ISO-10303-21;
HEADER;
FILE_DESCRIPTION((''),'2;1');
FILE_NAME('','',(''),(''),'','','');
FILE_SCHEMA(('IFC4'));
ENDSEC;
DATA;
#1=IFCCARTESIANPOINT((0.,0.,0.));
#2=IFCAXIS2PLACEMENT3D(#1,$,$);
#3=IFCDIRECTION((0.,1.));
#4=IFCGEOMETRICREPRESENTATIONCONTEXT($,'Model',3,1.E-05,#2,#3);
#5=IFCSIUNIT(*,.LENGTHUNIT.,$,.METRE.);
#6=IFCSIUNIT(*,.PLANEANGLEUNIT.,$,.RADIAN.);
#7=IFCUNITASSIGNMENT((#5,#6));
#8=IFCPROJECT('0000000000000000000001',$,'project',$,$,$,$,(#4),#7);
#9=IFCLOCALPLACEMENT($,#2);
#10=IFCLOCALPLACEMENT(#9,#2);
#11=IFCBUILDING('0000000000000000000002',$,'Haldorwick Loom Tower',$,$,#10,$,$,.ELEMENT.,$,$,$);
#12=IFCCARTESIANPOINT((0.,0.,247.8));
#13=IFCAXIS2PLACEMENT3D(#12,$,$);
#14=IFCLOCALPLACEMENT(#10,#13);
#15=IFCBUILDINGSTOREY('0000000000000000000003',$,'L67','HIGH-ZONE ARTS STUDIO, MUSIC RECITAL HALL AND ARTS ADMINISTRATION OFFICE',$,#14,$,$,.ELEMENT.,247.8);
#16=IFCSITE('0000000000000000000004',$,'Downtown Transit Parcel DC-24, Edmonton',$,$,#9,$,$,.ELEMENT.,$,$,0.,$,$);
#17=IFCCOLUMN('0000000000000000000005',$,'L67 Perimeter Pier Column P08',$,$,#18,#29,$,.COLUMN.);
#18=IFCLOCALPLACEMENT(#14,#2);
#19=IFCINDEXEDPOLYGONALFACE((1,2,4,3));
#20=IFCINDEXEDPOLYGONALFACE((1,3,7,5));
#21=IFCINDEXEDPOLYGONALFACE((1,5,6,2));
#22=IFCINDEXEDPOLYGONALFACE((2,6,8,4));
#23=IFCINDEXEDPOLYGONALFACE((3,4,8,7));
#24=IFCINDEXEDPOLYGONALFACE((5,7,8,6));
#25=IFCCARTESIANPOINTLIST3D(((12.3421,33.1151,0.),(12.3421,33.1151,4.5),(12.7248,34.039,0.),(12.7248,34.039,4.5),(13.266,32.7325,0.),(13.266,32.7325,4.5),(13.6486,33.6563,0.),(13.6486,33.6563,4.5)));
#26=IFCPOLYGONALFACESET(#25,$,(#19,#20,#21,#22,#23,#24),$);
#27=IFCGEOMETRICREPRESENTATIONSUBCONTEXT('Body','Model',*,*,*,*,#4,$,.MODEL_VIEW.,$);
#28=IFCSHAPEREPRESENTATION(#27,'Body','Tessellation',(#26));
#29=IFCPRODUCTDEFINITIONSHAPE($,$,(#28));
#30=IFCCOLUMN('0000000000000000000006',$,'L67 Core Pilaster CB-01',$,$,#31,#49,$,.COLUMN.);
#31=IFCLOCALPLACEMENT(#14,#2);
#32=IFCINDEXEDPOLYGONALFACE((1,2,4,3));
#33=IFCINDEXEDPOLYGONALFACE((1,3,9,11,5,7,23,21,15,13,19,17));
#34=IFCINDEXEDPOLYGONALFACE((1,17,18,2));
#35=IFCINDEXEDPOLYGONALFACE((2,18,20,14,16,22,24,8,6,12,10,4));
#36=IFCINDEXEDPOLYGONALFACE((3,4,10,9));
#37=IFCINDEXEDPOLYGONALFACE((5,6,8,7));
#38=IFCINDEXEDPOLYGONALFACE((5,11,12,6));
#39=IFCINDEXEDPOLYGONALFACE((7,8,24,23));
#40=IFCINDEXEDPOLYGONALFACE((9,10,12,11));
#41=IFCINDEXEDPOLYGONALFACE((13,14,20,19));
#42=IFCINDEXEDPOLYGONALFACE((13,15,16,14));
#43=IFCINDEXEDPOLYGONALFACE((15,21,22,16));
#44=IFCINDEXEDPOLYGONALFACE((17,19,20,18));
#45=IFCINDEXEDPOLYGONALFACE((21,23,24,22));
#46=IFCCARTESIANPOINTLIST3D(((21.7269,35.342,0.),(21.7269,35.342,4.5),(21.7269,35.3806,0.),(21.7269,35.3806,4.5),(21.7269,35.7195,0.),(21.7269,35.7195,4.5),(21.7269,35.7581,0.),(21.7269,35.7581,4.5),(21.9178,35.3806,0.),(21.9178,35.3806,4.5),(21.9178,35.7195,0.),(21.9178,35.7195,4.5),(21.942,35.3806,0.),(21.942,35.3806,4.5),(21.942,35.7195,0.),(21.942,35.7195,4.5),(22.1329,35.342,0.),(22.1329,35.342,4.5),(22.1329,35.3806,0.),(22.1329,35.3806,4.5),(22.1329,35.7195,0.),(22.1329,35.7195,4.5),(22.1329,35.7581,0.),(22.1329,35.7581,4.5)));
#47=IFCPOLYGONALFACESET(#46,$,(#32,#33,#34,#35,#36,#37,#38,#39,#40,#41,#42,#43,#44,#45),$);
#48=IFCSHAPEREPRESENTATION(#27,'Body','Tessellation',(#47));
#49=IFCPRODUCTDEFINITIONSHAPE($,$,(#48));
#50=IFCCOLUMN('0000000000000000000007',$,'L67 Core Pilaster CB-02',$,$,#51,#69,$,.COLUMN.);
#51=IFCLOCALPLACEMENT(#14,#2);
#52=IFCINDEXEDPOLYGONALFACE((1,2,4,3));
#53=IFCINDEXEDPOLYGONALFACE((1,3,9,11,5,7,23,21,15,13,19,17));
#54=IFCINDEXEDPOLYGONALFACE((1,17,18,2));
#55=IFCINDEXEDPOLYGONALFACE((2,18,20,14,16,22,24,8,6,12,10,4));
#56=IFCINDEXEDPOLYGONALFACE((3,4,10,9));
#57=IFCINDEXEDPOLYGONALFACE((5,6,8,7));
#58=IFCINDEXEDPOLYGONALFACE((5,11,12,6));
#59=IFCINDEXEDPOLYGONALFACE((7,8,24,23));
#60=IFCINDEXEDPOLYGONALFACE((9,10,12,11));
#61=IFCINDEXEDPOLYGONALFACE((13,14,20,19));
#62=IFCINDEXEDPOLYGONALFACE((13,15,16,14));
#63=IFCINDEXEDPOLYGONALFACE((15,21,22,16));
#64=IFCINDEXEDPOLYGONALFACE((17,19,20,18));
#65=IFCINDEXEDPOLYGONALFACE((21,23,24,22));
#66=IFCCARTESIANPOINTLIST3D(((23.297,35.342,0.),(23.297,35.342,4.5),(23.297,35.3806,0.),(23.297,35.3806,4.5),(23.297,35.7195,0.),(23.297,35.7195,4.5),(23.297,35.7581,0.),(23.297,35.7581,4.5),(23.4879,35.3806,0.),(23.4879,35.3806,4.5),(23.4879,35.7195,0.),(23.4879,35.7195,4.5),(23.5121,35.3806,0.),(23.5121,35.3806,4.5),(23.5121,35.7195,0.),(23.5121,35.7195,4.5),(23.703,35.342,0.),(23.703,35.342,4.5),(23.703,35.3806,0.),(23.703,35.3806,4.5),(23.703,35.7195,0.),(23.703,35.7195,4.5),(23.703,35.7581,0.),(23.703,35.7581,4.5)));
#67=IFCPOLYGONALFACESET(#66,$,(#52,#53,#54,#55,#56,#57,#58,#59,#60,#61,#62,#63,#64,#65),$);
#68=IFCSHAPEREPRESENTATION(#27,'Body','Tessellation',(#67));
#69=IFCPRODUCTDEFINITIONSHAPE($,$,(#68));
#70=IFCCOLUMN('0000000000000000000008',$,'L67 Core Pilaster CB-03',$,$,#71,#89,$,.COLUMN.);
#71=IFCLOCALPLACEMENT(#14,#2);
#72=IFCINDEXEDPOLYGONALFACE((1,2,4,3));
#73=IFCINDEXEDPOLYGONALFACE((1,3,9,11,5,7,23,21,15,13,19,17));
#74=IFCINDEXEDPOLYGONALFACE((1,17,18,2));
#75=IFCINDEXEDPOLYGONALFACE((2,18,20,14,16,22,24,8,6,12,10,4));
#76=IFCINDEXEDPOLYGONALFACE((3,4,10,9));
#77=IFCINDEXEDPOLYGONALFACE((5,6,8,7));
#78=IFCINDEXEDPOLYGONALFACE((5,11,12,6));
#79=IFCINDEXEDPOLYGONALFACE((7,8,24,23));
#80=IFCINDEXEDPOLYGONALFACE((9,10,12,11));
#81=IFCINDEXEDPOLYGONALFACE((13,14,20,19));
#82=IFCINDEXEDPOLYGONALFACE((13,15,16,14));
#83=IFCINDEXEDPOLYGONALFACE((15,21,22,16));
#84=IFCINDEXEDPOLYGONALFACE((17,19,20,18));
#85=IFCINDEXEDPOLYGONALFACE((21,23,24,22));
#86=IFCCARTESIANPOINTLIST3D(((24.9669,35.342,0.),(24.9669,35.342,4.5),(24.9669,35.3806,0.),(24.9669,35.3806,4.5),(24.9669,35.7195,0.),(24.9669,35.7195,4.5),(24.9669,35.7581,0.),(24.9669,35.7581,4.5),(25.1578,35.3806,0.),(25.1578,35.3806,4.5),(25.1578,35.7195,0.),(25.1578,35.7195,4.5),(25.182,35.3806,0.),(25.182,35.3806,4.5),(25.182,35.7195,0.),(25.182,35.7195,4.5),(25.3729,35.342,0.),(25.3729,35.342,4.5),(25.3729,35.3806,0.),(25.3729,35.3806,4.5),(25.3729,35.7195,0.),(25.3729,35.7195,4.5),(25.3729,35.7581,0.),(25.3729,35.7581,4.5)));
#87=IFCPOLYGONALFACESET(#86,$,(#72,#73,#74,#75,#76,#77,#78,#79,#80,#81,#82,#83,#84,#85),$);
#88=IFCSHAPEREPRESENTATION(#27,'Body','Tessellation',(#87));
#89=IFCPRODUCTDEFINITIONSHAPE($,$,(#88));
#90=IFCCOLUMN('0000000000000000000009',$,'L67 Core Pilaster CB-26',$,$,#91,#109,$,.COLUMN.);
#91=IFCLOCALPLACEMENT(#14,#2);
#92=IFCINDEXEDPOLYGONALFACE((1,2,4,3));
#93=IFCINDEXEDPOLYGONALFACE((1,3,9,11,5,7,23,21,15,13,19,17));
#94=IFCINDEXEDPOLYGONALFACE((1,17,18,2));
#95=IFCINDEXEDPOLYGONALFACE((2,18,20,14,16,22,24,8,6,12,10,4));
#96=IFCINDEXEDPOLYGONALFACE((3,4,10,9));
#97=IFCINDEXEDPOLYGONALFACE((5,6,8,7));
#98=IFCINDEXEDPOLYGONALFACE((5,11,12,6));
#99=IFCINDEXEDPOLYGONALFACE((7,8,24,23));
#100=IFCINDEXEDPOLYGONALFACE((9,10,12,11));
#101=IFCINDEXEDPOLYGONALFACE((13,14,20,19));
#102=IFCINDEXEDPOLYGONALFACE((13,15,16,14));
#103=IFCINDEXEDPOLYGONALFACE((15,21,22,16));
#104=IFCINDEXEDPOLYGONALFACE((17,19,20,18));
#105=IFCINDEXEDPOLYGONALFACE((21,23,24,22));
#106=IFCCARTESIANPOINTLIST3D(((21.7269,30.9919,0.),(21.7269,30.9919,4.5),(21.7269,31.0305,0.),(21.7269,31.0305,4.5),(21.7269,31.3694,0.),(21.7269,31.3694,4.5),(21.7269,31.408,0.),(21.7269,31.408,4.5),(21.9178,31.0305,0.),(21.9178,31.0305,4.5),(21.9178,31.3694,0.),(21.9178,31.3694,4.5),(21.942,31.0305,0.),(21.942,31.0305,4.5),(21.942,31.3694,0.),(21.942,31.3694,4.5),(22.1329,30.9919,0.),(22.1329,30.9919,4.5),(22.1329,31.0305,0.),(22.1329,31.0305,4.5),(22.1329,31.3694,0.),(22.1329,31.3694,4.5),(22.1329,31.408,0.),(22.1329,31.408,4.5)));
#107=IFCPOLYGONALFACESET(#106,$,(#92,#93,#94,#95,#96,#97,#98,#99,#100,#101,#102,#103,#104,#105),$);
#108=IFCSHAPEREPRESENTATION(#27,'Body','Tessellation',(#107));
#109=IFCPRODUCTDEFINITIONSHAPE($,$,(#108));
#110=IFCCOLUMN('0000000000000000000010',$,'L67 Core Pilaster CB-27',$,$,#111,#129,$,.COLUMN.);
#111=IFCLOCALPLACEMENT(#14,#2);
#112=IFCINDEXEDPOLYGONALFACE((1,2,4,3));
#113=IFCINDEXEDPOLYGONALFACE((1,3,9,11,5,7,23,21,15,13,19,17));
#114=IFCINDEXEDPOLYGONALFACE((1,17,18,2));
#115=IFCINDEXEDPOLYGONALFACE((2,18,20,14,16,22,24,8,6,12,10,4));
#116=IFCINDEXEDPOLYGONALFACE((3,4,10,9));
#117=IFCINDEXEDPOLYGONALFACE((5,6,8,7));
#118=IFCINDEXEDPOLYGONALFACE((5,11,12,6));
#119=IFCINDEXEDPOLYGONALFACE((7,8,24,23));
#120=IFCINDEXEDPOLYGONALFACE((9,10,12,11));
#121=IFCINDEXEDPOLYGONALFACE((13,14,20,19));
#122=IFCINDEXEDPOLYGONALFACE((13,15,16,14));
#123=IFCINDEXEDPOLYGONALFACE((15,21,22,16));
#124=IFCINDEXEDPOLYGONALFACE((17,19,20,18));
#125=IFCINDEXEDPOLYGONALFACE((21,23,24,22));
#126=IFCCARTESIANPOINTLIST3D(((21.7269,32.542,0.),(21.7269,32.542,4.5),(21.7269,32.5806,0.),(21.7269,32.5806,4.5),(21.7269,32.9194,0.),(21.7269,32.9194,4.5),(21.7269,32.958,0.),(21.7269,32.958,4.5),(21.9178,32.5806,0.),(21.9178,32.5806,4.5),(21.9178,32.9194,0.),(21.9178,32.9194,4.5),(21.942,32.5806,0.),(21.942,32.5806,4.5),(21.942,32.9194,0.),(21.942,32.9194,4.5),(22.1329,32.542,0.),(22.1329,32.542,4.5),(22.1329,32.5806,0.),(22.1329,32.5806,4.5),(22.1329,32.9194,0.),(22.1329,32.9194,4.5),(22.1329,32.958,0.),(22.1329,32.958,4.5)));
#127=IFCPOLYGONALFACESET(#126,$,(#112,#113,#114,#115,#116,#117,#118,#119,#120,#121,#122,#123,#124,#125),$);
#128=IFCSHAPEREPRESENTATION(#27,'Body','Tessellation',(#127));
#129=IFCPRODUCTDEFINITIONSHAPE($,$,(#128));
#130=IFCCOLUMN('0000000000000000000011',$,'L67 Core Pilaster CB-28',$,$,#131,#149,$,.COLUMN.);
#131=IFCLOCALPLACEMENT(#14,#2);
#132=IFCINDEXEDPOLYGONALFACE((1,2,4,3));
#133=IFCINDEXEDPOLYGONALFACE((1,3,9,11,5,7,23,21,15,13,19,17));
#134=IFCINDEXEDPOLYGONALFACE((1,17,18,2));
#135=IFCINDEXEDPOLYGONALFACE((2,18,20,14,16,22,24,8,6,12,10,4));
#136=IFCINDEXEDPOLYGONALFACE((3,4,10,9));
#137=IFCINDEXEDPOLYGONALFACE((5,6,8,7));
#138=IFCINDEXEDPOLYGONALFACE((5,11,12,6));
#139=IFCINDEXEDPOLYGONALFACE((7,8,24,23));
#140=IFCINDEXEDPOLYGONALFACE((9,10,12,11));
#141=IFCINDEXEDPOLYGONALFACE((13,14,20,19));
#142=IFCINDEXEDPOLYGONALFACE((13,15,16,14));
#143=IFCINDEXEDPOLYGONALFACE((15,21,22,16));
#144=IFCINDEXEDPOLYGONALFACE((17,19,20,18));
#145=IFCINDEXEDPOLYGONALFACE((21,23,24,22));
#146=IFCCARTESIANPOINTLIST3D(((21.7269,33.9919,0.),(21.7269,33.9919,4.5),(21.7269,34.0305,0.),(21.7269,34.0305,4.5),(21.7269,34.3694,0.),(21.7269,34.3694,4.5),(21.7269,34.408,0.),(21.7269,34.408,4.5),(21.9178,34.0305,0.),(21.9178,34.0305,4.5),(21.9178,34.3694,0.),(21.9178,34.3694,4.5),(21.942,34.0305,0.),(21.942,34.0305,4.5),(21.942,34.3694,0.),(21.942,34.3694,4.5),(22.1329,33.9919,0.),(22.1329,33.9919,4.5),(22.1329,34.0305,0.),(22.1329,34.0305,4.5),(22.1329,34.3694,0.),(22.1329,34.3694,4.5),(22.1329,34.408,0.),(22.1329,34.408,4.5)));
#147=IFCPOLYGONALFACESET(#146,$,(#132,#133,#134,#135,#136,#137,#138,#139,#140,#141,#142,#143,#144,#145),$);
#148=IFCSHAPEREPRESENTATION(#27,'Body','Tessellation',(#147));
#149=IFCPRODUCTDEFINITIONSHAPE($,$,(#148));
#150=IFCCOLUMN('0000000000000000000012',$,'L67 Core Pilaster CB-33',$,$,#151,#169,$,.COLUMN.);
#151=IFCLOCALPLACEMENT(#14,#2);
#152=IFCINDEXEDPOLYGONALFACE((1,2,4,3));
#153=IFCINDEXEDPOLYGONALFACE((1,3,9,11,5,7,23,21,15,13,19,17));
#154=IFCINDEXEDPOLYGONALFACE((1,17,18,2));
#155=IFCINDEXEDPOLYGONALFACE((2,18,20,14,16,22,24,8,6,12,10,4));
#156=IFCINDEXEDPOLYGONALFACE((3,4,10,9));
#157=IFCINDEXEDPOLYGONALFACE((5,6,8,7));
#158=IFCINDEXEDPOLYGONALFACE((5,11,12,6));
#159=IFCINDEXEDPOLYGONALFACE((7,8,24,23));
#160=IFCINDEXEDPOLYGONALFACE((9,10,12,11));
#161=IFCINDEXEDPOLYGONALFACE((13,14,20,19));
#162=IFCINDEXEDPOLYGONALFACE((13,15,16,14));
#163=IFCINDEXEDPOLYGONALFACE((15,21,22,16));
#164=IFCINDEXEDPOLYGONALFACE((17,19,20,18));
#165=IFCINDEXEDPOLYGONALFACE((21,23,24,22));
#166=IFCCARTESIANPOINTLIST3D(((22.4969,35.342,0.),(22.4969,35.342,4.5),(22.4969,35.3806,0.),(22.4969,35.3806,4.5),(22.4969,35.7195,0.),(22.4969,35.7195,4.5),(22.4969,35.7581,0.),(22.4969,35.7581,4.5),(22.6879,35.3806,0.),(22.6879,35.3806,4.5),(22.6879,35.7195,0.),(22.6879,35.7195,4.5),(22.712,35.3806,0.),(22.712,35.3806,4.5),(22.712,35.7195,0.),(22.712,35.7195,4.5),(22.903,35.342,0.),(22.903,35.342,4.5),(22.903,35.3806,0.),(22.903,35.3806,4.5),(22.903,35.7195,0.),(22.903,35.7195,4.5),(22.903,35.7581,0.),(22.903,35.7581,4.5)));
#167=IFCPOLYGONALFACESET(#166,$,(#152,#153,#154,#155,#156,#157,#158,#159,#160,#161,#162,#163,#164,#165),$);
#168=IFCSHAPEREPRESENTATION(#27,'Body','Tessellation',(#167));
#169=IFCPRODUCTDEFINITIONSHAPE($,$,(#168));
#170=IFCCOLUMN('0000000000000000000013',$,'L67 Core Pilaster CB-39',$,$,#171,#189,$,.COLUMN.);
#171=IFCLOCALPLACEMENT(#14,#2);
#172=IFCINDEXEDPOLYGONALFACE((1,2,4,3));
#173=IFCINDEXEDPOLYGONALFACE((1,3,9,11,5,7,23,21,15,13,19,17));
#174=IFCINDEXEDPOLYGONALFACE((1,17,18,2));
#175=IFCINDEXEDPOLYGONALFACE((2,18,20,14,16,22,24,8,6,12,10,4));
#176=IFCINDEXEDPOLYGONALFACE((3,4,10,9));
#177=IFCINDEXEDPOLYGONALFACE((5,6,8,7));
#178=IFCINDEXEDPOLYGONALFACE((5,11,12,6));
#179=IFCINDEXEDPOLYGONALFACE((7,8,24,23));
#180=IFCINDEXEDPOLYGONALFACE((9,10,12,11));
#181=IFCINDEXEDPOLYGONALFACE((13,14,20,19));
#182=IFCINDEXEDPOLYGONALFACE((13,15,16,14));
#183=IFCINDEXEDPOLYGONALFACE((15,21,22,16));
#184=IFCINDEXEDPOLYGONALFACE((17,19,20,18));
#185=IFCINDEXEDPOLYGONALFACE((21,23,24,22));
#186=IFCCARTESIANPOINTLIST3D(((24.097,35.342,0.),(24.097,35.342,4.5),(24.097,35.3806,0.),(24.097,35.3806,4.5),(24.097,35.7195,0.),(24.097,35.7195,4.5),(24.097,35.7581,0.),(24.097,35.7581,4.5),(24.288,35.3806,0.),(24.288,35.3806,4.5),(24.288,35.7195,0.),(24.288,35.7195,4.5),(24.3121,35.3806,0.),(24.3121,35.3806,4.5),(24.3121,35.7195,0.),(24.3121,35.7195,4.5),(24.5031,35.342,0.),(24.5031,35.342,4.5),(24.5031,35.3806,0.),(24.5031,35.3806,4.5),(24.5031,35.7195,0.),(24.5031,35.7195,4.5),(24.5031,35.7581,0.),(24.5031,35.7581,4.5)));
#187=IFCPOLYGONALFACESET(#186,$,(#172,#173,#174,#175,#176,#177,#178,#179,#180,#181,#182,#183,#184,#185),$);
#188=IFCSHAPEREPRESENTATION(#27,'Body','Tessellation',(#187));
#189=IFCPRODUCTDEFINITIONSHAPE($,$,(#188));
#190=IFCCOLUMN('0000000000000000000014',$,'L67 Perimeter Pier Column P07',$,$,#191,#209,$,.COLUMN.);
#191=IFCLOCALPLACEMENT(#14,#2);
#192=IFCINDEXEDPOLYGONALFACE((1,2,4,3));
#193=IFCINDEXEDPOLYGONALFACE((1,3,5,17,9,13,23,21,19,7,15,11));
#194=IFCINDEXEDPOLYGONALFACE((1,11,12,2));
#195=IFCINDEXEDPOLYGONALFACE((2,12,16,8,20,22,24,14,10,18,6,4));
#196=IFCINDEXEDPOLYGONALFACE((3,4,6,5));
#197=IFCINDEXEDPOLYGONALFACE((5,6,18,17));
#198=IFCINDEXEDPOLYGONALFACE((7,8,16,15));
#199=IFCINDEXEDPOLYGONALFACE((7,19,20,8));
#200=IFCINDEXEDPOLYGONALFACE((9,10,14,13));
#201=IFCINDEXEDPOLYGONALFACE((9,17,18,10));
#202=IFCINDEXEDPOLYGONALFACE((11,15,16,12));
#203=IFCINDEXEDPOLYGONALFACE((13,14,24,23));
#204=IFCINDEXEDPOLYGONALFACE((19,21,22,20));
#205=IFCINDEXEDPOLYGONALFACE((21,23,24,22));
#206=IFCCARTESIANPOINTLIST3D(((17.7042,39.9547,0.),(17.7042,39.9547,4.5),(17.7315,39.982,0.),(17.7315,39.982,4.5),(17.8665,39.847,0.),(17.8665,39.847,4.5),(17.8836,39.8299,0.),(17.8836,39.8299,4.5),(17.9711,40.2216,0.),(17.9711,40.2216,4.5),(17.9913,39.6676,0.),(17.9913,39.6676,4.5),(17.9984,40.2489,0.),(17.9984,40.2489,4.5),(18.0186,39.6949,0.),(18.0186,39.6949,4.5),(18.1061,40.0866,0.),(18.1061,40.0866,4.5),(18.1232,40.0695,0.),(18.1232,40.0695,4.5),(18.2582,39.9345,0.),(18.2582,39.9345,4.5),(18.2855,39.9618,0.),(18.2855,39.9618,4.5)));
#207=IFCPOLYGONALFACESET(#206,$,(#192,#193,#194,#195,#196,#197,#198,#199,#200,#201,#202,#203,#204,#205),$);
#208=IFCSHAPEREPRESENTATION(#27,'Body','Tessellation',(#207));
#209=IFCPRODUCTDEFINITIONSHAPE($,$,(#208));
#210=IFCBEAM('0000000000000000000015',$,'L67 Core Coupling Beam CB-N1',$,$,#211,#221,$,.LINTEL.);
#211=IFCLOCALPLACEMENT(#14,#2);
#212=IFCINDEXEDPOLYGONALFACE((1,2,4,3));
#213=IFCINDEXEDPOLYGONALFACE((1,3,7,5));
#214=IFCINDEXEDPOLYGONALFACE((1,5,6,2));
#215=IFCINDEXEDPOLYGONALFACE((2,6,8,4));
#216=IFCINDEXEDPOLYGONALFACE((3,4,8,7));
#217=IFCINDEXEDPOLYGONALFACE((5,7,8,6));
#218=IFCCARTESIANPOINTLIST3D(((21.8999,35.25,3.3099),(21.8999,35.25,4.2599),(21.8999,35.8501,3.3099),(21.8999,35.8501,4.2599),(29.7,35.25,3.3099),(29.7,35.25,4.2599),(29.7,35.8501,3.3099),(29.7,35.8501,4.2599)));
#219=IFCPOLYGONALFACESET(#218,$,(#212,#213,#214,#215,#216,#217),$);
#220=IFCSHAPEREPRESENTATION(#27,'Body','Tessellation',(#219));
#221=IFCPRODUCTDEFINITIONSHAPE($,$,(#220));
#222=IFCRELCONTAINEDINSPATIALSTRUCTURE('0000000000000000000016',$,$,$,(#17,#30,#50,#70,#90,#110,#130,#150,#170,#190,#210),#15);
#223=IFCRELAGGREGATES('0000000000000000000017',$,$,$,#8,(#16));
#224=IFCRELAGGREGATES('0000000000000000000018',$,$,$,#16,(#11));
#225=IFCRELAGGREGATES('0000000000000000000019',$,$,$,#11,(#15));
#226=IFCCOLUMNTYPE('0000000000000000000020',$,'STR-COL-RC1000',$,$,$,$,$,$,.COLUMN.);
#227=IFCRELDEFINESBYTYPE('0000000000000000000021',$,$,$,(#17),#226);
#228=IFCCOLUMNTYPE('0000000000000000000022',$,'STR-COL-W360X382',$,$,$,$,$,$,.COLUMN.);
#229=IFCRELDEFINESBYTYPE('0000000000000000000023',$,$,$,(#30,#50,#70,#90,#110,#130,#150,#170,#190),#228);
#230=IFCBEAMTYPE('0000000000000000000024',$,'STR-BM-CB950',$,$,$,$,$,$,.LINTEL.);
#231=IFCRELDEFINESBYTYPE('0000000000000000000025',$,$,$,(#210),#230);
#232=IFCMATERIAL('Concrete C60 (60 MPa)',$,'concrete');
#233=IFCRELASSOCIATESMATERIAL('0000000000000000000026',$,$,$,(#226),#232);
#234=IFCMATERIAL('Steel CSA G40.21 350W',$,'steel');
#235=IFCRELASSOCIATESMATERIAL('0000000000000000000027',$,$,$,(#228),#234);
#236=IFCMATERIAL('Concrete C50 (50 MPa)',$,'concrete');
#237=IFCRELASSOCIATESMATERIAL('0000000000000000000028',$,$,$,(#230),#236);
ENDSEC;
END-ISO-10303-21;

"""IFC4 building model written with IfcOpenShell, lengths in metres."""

from ifc_helpers import new_model, si_unit, direction, frame, origin, origin_2d, place, context, subcontext, project, spatial, rectangle, i_section, extrude, material, material_profile, profile_set, type_object, element, save


model = new_model("IFC4")

# Units and contexts
model_context = context("Model", 3, precision=1e-05, world=origin(), true_north=direction((0.0, 1.0)))
body_context = subcontext(model_context, "Body", "Model", "MODEL_VIEW")
ifc_project = project(units=[si_unit("LENGTHUNIT", "METRE"), si_unit("PLANEANGLEUNIT", "RADIAN")], contexts=[model_context])

# Site, building, storey
site_placement = place(None, origin())
site = spatial("IfcSite", under=ifc_project, at=site_placement, Name="Downtown Transit Parcel DC-24, Edmonton", CompositionType="ELEMENT", RefElevation=0.0)
building_placement = place(site_placement, origin())
building = spatial("IfcBuilding", under=site, at=building_placement, Name="Haldorwick Loom Tower", CompositionType="ELEMENT")
storey_placement = place(building_placement, frame((0.0, 0.0, 247.8)))
storey = spatial("IfcBuildingStorey", under=building, at=storey_placement, Name="L67", Description="HIGH-ZONE ARTS STUDIO, MUSIC RECITAL HALL AND ARTS ADMINISTRATION OFFICE", CompositionType="ELEMENT", Elevation=247.8)

# Columns
ifc_material_1 = material(Name="Concrete C60 (60 MPa)", Category="concrete")
ifc_material_profile_1 = material_profile(ifc_material_1, rectangle(XDim=1.0, YDim=1.0, at=origin_2d()), Name="RC1000X1000", Category="concrete")
ifc_profile_set_1 = profile_set([ifc_material_profile_1], Name="Concrete C60 (60 MPa)")
column_type_1 = type_object("IfcColumnType", Name="STR-COL-RC1000", PredefinedType="COLUMN", material=ifc_profile_set_1)
column_placement = place(storey_placement, frame((12.9954, 33.3857, 0.0), z_axis=(0.0, 0.0, 1.0), x_axis=(-0.92388, 0.382683, 0.0)))
element("IfcColumn", 1, at=column_placement, inside=storey, type_object=column_type_1, Name="L67 Perimeter Pier Column P08", PredefinedType="COLUMN", context=body_context, shape_type="SweptSolid", body=[
    extrude(rectangle(XDim=1.0, YDim=1.0, at=origin_2d()), origin(), (0.0, 0.0, 1.0), 4.5),
])
ifc_material_2 = material(Name="Steel CSA G40.21 350W", Category="steel")
ifc_material_profile_2 = material_profile(ifc_material_2, i_section(OverallWidth=0.406, OverallDepth=0.416, WebThickness=0.0242, FlangeThickness=0.0386, at=origin_2d()), Name="W360X382", Category="steel")
ifc_profile_set_2 = profile_set([ifc_material_profile_2], Name="Steel CSA G40.21 350W")
column_type_2 = type_object("IfcColumnType", Name="STR-COL-W360X382", PredefinedType="COLUMN", material=ifc_profile_set_2)
for number, where, z_axis, x_axis, name in (
    (2, (21.9299, 35.55, 0.0), (0.0, 0.0, 1.0), (1.0, 0.0, 0.0), "L67 Core Pilaster CB-01"),
    (3, (23.5, 35.55, 0.0), (0.0, 0.0, 1.0), (1.0, 0.0, 0.0), "L67 Core Pilaster CB-02"),
    (4, (25.1699, 35.55, 0.0), (0.0, 0.0, 1.0), (1.0, 0.0, 0.0), "L67 Core Pilaster CB-03"),
    (5, (21.9299, 31.2, 0.0), (0.0, 0.0, 1.0), (1.0, 0.0, 0.0), "L67 Core Pilaster CB-26"),
    (6, (21.9299, 32.75, 0.0), (0.0, 0.0, 1.0), (1.0, 0.0, 0.0), "L67 Core Pilaster CB-27"),
    (7, (21.9299, 34.2, 0.0), (0.0, 0.0, 1.0), (1.0, 0.0, 0.0), "L67 Core Pilaster CB-28"),
    (8, (22.7, 35.55, 0.0), (0.0, 0.0, 1.0), (1.0, 0.0, 0.0), "L67 Core Pilaster CB-33"),
    (9, (24.3, 35.55, 0.0), (0.0, 0.0, 1.0), (1.0, 0.0, 0.0), "L67 Core Pilaster CB-39"),
    (10, (17.9949, 39.9583, 0.0), (0.0, 0.0, 1.0), (-0.707107, 0.707107, 0.0), "L67 Perimeter Pier Column P07"),
):
    element("IfcColumn", number, at=place(storey_placement, frame(where, z_axis=z_axis, x_axis=x_axis)), inside=storey, type_object=column_type_2, Name=name, PredefinedType="COLUMN", context=body_context, shape_type="SweptSolid", body=[
        extrude(i_section(OverallWidth=0.406, OverallDepth=0.416, WebThickness=0.0242, FlangeThickness=0.0386, at=origin_2d()), origin(), (0.0, 0.0, 1.0), 4.5),
    ])

# Beam
ifc_material_3 = material(Name="Concrete C50 (50 MPa)", Category="concrete")
ifc_material_profile_3 = material_profile(ifc_material_3, rectangle(XDim=0.6001, YDim=0.95, at=origin_2d()), Name="RC600X950", Category="concrete")
ifc_profile_set_3 = profile_set([ifc_material_profile_3], Name="Concrete C50 (50 MPa)")
beam_type_1 = type_object("IfcBeamType", Name="STR-BM-CB950", PredefinedType="LINTEL", material=ifc_profile_set_3)
beam_1_placement = place(storey_placement, frame((21.8999, 35.55, 3.7849), z_axis=(1.0, 0.0, 0.0), x_axis=(0.0, 1.0, 0.0)))
element("IfcBeam", 11, at=beam_1_placement, inside=storey, type_object=beam_type_1, Name="L67 Core Coupling Beam CB-N1", PredefinedType="LINTEL", context=body_context, shape_type="SweptSolid", body=[
    extrude(rectangle(XDim=0.6001, YDim=0.95, at=origin_2d()), origin(), (0.0, 0.0, 1.0), 7.8),
])

save(model, "model.ifc")
